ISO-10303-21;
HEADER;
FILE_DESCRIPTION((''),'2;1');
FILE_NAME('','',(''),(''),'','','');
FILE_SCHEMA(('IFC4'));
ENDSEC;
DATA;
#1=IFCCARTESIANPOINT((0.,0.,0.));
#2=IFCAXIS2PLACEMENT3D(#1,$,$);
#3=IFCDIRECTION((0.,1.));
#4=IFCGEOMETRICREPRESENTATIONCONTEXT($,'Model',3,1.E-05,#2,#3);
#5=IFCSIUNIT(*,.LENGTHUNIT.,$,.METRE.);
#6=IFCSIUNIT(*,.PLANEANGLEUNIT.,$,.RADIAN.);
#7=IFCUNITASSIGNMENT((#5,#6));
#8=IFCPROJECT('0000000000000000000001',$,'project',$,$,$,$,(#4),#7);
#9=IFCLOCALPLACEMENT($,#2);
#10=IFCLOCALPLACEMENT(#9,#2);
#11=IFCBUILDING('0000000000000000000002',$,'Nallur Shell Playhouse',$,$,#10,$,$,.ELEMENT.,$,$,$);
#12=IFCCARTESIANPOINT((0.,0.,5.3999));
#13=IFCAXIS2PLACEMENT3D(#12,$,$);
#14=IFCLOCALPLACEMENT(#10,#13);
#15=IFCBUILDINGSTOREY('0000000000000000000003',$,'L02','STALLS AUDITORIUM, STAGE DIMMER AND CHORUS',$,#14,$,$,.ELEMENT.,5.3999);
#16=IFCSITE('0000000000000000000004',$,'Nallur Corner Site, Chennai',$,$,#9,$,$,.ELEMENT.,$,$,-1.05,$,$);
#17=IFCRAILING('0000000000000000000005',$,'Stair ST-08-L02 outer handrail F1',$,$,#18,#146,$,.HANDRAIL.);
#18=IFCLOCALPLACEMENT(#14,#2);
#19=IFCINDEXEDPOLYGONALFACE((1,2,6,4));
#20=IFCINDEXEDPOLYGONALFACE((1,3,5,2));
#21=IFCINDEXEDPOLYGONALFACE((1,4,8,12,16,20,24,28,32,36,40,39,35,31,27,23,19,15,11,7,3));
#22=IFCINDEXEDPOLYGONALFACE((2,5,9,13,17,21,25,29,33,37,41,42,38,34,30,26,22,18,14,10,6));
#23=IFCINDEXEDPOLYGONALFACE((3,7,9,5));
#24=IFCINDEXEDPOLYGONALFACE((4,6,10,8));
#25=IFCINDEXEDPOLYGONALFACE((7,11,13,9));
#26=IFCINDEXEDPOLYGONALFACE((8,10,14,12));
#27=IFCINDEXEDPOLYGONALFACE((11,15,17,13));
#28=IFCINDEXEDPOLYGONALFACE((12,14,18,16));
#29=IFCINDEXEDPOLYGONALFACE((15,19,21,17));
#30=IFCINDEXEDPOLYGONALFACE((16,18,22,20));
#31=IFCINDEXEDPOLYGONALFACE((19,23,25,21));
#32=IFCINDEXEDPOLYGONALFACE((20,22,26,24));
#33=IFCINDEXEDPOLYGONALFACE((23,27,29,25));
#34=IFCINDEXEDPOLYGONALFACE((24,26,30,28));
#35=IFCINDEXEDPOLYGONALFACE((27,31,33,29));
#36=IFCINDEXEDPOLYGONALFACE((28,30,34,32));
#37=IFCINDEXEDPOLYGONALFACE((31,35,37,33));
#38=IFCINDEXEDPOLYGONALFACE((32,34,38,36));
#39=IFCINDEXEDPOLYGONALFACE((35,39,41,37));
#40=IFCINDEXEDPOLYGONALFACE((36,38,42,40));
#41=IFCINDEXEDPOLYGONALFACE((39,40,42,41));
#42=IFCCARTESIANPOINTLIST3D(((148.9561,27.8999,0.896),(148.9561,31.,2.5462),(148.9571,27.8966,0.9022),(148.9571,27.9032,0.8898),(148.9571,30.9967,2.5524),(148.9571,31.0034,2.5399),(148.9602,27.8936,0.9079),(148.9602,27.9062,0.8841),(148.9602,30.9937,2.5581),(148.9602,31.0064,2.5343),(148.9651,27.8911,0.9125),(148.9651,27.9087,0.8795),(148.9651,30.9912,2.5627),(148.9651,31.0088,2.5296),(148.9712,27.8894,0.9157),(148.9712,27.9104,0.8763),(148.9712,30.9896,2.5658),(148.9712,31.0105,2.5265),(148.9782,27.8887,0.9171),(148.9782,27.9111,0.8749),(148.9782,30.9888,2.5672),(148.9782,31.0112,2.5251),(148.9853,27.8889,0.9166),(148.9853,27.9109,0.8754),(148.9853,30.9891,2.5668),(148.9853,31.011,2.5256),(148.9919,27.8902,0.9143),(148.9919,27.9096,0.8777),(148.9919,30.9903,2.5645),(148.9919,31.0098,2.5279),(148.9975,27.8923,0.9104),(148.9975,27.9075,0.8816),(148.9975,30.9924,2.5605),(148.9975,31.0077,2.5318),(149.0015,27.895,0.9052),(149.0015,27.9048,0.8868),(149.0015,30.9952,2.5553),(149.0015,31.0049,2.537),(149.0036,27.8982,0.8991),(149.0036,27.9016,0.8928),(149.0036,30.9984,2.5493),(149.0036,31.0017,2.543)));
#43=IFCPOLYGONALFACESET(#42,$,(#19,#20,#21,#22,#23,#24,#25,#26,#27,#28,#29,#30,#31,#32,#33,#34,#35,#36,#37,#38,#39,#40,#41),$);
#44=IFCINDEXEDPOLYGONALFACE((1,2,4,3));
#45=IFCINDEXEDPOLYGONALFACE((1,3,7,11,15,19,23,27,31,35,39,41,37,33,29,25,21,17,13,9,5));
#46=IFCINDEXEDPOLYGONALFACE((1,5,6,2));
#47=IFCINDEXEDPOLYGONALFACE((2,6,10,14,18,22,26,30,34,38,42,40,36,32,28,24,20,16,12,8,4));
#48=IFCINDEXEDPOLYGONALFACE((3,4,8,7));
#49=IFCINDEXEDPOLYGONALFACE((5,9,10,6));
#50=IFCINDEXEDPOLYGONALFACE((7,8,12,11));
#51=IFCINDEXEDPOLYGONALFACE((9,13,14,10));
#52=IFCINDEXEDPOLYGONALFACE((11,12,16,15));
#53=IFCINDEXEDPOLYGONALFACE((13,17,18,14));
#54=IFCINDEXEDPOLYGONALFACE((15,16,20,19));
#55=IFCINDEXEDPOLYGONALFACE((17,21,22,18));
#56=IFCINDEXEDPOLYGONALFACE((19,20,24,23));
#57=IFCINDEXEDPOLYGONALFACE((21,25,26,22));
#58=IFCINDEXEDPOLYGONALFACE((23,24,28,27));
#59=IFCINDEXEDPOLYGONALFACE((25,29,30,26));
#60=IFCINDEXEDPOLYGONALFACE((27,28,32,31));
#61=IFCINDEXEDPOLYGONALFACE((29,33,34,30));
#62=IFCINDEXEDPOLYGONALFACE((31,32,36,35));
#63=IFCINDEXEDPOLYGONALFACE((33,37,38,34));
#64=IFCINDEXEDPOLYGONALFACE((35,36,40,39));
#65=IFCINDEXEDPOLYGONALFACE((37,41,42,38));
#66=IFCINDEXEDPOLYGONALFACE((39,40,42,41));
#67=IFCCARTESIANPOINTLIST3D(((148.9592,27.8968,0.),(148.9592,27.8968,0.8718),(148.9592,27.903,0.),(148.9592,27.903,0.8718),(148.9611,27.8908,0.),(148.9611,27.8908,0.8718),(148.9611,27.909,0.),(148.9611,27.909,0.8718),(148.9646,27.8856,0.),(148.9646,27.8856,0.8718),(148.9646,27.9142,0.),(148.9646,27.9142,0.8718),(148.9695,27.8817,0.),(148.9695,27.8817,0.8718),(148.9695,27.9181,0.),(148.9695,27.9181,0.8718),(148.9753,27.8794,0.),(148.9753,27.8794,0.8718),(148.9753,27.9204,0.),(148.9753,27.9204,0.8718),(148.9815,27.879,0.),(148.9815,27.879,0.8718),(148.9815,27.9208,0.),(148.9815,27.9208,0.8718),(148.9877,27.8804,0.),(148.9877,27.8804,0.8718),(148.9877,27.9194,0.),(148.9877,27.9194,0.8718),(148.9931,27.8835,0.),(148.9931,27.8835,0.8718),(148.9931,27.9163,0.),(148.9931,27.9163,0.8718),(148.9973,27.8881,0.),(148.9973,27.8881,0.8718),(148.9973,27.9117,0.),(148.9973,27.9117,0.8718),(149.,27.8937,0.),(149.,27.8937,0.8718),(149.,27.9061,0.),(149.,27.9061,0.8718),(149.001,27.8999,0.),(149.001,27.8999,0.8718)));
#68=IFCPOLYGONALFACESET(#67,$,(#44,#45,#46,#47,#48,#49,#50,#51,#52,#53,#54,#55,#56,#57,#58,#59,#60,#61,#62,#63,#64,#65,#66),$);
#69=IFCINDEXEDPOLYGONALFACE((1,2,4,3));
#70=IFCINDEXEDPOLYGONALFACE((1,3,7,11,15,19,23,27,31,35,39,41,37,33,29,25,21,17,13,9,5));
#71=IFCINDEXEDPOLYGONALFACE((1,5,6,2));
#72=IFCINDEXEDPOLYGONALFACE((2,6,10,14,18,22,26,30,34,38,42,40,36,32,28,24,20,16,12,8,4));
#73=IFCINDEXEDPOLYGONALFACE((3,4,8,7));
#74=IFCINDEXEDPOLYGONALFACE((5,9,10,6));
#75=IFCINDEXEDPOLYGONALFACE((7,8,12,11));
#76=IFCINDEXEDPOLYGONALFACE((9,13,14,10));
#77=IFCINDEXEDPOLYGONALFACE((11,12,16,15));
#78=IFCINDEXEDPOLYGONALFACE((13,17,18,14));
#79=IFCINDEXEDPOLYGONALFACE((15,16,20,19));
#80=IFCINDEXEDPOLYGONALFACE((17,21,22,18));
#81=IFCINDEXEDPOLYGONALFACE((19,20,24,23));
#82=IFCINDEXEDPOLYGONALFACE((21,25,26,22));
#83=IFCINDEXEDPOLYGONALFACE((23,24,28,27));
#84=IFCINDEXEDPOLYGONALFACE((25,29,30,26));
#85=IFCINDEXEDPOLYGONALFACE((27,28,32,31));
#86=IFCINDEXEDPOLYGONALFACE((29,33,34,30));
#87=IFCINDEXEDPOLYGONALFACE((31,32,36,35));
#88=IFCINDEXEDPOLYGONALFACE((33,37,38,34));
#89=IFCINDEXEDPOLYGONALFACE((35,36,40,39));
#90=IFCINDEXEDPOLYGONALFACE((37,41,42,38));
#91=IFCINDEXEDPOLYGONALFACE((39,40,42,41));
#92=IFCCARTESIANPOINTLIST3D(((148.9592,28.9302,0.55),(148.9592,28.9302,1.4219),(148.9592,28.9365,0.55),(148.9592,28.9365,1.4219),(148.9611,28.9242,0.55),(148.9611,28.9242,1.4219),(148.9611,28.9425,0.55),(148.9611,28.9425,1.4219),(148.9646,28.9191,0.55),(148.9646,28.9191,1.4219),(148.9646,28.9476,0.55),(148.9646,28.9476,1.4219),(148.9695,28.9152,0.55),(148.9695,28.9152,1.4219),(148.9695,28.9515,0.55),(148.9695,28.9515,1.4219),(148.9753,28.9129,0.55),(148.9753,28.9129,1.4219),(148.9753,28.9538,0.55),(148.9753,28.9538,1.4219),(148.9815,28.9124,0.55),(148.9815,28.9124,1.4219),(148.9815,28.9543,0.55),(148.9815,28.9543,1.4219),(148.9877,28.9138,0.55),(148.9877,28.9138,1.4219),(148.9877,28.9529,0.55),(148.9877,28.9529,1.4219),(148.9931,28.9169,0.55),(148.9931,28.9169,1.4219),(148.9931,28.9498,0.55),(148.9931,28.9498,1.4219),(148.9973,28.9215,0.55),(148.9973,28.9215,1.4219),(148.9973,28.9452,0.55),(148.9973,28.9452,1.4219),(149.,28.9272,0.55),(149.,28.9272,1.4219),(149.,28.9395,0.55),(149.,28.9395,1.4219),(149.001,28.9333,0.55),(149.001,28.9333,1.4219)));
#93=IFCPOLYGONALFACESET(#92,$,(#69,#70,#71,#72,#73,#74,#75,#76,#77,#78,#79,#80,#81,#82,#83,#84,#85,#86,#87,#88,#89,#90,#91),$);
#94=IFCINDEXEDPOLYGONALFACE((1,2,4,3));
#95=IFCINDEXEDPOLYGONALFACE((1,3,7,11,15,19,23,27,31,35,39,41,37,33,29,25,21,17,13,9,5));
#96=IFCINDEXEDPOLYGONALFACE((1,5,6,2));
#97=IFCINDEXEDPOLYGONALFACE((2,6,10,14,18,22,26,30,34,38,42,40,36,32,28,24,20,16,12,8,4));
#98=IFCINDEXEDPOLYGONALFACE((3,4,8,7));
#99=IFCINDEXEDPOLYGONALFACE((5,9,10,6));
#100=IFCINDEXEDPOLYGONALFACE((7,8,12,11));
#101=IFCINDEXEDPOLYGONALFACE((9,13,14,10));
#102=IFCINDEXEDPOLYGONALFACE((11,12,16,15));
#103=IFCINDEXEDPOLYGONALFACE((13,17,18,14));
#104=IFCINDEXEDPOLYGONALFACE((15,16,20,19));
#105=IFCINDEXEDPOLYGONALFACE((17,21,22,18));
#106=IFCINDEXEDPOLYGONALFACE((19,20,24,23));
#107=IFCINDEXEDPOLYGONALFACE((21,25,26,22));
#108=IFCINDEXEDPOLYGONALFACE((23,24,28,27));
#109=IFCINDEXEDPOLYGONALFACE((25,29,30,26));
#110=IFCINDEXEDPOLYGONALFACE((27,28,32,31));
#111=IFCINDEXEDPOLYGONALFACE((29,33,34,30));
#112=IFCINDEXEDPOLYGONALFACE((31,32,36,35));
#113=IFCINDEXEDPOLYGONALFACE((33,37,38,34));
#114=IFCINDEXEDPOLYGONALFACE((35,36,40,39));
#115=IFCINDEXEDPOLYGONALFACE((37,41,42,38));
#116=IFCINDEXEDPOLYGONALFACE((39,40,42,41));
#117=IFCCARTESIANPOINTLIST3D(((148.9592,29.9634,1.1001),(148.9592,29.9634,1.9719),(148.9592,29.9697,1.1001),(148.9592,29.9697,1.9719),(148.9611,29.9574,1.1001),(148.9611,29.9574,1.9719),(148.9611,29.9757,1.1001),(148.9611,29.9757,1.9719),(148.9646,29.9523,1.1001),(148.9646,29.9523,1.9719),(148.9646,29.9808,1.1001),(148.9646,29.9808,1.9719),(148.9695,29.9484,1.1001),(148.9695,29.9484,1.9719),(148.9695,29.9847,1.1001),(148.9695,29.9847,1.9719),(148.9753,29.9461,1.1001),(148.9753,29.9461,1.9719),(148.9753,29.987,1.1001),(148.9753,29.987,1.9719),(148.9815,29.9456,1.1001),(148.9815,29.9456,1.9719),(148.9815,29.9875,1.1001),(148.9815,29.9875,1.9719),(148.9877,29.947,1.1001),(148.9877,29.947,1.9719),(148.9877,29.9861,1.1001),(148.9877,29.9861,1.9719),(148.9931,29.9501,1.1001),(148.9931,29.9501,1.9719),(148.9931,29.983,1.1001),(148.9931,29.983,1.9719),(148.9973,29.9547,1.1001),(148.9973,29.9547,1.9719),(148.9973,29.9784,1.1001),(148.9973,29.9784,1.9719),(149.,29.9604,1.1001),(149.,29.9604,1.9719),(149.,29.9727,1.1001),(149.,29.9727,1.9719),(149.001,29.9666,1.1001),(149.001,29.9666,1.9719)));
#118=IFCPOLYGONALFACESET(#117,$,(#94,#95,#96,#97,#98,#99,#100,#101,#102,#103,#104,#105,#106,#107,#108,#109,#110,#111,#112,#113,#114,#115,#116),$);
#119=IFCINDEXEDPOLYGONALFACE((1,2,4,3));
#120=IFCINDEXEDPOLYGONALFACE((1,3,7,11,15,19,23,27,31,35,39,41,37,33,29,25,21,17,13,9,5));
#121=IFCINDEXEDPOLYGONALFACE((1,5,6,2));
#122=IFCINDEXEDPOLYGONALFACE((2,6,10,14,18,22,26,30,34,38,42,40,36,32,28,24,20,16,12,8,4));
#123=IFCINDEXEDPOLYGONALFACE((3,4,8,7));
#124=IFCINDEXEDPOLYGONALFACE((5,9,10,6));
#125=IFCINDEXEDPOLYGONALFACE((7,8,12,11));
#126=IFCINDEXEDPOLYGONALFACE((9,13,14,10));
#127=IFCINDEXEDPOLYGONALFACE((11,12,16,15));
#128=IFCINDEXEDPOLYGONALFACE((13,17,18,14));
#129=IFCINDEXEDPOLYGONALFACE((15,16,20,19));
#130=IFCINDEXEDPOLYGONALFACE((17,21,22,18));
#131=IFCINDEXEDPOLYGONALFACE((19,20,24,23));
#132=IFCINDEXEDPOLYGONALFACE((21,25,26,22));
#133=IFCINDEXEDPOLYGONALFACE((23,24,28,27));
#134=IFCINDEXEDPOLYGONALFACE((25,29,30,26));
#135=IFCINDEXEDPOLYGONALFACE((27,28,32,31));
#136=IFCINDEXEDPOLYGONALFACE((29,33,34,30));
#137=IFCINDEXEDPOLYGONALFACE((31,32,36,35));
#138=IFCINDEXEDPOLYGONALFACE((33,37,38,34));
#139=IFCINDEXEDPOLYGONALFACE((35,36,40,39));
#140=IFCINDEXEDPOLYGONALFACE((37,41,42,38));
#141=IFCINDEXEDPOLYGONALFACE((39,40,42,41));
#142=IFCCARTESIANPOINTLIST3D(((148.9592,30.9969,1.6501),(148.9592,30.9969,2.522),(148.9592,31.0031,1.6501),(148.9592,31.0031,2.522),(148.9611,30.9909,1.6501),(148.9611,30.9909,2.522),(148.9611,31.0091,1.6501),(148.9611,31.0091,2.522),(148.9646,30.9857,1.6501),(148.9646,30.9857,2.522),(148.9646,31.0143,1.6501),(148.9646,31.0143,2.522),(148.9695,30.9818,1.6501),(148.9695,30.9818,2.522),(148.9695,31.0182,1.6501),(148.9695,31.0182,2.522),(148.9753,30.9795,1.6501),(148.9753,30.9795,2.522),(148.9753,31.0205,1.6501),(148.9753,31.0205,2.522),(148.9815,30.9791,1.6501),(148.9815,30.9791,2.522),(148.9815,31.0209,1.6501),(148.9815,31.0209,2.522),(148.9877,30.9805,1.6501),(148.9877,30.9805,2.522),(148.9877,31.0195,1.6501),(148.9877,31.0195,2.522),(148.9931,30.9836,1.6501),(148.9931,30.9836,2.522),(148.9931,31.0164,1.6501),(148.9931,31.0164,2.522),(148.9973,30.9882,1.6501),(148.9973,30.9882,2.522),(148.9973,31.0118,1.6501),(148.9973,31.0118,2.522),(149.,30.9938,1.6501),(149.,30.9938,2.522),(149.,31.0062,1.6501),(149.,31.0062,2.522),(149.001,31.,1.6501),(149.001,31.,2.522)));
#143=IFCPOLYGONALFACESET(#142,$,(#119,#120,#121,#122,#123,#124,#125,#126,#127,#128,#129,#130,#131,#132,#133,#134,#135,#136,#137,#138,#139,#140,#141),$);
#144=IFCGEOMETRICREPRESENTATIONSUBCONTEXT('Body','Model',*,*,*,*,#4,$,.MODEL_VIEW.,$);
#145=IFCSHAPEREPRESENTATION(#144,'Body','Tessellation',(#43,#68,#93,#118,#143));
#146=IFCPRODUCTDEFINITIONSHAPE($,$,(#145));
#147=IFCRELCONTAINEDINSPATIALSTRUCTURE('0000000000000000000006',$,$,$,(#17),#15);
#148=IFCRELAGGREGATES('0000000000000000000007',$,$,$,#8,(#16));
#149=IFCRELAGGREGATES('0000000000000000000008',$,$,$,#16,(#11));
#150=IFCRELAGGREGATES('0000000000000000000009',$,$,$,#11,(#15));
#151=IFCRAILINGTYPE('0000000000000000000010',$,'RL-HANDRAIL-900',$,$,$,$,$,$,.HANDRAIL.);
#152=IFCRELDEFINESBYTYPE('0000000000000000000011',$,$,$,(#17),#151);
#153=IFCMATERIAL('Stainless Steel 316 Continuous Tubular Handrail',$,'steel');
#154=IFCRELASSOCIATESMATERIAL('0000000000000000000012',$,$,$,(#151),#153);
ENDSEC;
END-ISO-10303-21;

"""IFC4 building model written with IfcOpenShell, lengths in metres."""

from ifc_helpers import new_model, si_unit, direction, frame, origin, origin_2d, place, context, subcontext, project, spatial, circle, extrude, material, type_object, element, save


model = new_model("IFC4")

# Units and contexts
model_context = context("Model", 3, precision=1e-05, world=origin(), true_north=direction((0.0, 1.0)))
body_context = subcontext(model_context, "Body", "Model", "MODEL_VIEW")
ifc_project = project(units=[si_unit("LENGTHUNIT", "METRE"), si_unit("PLANEANGLEUNIT", "RADIAN")], contexts=[model_context])

# Site, building, storey
site_placement = place(None, origin())
site = spatial("IfcSite", under=ifc_project, at=site_placement, Name="Nallur Corner Site, Chennai", CompositionType="ELEMENT", RefElevation=-1.05)
building_placement = place(site_placement, origin())
building = spatial("IfcBuilding", under=site, at=building_placement, Name="Nallur Shell Playhouse", CompositionType="ELEMENT")
storey_placement = place(building_placement, frame((0.0, 0.0, 5.3999)))
storey = spatial("IfcBuildingStorey", under=building, at=storey_placement, Name="L02", Description="STALLS AUDITORIUM, STAGE DIMMER AND CHORUS", CompositionType="ELEMENT", Elevation=5.3999)

# Railing
ifc_material_1 = material(Name="Stainless Steel 316 Continuous Tubular Handrail", Category="steel")
railing_type_1 = type_object("IfcRailingType", Name="RL-HANDRAIL-900", PredefinedType="HANDRAIL", material=ifc_material_1)
for number, where, name in (
    (1, (148.98, 27.8999, 0.0), "Stair ST-08-L02 outer handrail F1"),
):
    element("IfcRailing", number, at=place(storey_placement, frame(where)), inside=storey, type_object=railing_type_1, Name=name, PredefinedType="HANDRAIL", context=body_context, shape_type="SweptSolid", body=[
        extrude(circle(Radius=0.0239, at=origin_2d()), frame((0.0, 0.0, 0.896), z_axis=(0.0, 0.882736, 0.46987), x_axis=(-1.0, 0.0, 0.0)), (0.0, 0.0, 1.0), 3.512),
        extrude(circle(Radius=0.021, at=origin_2d()), origin(), (0.0, 0.0, 1.0), 0.8718),
        extrude(circle(Radius=0.021, at=origin_2d()), frame((0.0, 1.0334, 0.55)), (0.0, 0.0, 1.0), 0.8718),
        extrude(circle(Radius=0.021, at=origin_2d()), frame((0.0, 2.0667, 1.1001)), (0.0, 0.0, 1.0), 0.8718),
        extrude(circle(Radius=0.021, at=origin_2d()), frame((0.0, 3.1001, 1.6501)), (0.0, 0.0, 1.0), 0.8718),
    ])

save(model, "model.ifc")
